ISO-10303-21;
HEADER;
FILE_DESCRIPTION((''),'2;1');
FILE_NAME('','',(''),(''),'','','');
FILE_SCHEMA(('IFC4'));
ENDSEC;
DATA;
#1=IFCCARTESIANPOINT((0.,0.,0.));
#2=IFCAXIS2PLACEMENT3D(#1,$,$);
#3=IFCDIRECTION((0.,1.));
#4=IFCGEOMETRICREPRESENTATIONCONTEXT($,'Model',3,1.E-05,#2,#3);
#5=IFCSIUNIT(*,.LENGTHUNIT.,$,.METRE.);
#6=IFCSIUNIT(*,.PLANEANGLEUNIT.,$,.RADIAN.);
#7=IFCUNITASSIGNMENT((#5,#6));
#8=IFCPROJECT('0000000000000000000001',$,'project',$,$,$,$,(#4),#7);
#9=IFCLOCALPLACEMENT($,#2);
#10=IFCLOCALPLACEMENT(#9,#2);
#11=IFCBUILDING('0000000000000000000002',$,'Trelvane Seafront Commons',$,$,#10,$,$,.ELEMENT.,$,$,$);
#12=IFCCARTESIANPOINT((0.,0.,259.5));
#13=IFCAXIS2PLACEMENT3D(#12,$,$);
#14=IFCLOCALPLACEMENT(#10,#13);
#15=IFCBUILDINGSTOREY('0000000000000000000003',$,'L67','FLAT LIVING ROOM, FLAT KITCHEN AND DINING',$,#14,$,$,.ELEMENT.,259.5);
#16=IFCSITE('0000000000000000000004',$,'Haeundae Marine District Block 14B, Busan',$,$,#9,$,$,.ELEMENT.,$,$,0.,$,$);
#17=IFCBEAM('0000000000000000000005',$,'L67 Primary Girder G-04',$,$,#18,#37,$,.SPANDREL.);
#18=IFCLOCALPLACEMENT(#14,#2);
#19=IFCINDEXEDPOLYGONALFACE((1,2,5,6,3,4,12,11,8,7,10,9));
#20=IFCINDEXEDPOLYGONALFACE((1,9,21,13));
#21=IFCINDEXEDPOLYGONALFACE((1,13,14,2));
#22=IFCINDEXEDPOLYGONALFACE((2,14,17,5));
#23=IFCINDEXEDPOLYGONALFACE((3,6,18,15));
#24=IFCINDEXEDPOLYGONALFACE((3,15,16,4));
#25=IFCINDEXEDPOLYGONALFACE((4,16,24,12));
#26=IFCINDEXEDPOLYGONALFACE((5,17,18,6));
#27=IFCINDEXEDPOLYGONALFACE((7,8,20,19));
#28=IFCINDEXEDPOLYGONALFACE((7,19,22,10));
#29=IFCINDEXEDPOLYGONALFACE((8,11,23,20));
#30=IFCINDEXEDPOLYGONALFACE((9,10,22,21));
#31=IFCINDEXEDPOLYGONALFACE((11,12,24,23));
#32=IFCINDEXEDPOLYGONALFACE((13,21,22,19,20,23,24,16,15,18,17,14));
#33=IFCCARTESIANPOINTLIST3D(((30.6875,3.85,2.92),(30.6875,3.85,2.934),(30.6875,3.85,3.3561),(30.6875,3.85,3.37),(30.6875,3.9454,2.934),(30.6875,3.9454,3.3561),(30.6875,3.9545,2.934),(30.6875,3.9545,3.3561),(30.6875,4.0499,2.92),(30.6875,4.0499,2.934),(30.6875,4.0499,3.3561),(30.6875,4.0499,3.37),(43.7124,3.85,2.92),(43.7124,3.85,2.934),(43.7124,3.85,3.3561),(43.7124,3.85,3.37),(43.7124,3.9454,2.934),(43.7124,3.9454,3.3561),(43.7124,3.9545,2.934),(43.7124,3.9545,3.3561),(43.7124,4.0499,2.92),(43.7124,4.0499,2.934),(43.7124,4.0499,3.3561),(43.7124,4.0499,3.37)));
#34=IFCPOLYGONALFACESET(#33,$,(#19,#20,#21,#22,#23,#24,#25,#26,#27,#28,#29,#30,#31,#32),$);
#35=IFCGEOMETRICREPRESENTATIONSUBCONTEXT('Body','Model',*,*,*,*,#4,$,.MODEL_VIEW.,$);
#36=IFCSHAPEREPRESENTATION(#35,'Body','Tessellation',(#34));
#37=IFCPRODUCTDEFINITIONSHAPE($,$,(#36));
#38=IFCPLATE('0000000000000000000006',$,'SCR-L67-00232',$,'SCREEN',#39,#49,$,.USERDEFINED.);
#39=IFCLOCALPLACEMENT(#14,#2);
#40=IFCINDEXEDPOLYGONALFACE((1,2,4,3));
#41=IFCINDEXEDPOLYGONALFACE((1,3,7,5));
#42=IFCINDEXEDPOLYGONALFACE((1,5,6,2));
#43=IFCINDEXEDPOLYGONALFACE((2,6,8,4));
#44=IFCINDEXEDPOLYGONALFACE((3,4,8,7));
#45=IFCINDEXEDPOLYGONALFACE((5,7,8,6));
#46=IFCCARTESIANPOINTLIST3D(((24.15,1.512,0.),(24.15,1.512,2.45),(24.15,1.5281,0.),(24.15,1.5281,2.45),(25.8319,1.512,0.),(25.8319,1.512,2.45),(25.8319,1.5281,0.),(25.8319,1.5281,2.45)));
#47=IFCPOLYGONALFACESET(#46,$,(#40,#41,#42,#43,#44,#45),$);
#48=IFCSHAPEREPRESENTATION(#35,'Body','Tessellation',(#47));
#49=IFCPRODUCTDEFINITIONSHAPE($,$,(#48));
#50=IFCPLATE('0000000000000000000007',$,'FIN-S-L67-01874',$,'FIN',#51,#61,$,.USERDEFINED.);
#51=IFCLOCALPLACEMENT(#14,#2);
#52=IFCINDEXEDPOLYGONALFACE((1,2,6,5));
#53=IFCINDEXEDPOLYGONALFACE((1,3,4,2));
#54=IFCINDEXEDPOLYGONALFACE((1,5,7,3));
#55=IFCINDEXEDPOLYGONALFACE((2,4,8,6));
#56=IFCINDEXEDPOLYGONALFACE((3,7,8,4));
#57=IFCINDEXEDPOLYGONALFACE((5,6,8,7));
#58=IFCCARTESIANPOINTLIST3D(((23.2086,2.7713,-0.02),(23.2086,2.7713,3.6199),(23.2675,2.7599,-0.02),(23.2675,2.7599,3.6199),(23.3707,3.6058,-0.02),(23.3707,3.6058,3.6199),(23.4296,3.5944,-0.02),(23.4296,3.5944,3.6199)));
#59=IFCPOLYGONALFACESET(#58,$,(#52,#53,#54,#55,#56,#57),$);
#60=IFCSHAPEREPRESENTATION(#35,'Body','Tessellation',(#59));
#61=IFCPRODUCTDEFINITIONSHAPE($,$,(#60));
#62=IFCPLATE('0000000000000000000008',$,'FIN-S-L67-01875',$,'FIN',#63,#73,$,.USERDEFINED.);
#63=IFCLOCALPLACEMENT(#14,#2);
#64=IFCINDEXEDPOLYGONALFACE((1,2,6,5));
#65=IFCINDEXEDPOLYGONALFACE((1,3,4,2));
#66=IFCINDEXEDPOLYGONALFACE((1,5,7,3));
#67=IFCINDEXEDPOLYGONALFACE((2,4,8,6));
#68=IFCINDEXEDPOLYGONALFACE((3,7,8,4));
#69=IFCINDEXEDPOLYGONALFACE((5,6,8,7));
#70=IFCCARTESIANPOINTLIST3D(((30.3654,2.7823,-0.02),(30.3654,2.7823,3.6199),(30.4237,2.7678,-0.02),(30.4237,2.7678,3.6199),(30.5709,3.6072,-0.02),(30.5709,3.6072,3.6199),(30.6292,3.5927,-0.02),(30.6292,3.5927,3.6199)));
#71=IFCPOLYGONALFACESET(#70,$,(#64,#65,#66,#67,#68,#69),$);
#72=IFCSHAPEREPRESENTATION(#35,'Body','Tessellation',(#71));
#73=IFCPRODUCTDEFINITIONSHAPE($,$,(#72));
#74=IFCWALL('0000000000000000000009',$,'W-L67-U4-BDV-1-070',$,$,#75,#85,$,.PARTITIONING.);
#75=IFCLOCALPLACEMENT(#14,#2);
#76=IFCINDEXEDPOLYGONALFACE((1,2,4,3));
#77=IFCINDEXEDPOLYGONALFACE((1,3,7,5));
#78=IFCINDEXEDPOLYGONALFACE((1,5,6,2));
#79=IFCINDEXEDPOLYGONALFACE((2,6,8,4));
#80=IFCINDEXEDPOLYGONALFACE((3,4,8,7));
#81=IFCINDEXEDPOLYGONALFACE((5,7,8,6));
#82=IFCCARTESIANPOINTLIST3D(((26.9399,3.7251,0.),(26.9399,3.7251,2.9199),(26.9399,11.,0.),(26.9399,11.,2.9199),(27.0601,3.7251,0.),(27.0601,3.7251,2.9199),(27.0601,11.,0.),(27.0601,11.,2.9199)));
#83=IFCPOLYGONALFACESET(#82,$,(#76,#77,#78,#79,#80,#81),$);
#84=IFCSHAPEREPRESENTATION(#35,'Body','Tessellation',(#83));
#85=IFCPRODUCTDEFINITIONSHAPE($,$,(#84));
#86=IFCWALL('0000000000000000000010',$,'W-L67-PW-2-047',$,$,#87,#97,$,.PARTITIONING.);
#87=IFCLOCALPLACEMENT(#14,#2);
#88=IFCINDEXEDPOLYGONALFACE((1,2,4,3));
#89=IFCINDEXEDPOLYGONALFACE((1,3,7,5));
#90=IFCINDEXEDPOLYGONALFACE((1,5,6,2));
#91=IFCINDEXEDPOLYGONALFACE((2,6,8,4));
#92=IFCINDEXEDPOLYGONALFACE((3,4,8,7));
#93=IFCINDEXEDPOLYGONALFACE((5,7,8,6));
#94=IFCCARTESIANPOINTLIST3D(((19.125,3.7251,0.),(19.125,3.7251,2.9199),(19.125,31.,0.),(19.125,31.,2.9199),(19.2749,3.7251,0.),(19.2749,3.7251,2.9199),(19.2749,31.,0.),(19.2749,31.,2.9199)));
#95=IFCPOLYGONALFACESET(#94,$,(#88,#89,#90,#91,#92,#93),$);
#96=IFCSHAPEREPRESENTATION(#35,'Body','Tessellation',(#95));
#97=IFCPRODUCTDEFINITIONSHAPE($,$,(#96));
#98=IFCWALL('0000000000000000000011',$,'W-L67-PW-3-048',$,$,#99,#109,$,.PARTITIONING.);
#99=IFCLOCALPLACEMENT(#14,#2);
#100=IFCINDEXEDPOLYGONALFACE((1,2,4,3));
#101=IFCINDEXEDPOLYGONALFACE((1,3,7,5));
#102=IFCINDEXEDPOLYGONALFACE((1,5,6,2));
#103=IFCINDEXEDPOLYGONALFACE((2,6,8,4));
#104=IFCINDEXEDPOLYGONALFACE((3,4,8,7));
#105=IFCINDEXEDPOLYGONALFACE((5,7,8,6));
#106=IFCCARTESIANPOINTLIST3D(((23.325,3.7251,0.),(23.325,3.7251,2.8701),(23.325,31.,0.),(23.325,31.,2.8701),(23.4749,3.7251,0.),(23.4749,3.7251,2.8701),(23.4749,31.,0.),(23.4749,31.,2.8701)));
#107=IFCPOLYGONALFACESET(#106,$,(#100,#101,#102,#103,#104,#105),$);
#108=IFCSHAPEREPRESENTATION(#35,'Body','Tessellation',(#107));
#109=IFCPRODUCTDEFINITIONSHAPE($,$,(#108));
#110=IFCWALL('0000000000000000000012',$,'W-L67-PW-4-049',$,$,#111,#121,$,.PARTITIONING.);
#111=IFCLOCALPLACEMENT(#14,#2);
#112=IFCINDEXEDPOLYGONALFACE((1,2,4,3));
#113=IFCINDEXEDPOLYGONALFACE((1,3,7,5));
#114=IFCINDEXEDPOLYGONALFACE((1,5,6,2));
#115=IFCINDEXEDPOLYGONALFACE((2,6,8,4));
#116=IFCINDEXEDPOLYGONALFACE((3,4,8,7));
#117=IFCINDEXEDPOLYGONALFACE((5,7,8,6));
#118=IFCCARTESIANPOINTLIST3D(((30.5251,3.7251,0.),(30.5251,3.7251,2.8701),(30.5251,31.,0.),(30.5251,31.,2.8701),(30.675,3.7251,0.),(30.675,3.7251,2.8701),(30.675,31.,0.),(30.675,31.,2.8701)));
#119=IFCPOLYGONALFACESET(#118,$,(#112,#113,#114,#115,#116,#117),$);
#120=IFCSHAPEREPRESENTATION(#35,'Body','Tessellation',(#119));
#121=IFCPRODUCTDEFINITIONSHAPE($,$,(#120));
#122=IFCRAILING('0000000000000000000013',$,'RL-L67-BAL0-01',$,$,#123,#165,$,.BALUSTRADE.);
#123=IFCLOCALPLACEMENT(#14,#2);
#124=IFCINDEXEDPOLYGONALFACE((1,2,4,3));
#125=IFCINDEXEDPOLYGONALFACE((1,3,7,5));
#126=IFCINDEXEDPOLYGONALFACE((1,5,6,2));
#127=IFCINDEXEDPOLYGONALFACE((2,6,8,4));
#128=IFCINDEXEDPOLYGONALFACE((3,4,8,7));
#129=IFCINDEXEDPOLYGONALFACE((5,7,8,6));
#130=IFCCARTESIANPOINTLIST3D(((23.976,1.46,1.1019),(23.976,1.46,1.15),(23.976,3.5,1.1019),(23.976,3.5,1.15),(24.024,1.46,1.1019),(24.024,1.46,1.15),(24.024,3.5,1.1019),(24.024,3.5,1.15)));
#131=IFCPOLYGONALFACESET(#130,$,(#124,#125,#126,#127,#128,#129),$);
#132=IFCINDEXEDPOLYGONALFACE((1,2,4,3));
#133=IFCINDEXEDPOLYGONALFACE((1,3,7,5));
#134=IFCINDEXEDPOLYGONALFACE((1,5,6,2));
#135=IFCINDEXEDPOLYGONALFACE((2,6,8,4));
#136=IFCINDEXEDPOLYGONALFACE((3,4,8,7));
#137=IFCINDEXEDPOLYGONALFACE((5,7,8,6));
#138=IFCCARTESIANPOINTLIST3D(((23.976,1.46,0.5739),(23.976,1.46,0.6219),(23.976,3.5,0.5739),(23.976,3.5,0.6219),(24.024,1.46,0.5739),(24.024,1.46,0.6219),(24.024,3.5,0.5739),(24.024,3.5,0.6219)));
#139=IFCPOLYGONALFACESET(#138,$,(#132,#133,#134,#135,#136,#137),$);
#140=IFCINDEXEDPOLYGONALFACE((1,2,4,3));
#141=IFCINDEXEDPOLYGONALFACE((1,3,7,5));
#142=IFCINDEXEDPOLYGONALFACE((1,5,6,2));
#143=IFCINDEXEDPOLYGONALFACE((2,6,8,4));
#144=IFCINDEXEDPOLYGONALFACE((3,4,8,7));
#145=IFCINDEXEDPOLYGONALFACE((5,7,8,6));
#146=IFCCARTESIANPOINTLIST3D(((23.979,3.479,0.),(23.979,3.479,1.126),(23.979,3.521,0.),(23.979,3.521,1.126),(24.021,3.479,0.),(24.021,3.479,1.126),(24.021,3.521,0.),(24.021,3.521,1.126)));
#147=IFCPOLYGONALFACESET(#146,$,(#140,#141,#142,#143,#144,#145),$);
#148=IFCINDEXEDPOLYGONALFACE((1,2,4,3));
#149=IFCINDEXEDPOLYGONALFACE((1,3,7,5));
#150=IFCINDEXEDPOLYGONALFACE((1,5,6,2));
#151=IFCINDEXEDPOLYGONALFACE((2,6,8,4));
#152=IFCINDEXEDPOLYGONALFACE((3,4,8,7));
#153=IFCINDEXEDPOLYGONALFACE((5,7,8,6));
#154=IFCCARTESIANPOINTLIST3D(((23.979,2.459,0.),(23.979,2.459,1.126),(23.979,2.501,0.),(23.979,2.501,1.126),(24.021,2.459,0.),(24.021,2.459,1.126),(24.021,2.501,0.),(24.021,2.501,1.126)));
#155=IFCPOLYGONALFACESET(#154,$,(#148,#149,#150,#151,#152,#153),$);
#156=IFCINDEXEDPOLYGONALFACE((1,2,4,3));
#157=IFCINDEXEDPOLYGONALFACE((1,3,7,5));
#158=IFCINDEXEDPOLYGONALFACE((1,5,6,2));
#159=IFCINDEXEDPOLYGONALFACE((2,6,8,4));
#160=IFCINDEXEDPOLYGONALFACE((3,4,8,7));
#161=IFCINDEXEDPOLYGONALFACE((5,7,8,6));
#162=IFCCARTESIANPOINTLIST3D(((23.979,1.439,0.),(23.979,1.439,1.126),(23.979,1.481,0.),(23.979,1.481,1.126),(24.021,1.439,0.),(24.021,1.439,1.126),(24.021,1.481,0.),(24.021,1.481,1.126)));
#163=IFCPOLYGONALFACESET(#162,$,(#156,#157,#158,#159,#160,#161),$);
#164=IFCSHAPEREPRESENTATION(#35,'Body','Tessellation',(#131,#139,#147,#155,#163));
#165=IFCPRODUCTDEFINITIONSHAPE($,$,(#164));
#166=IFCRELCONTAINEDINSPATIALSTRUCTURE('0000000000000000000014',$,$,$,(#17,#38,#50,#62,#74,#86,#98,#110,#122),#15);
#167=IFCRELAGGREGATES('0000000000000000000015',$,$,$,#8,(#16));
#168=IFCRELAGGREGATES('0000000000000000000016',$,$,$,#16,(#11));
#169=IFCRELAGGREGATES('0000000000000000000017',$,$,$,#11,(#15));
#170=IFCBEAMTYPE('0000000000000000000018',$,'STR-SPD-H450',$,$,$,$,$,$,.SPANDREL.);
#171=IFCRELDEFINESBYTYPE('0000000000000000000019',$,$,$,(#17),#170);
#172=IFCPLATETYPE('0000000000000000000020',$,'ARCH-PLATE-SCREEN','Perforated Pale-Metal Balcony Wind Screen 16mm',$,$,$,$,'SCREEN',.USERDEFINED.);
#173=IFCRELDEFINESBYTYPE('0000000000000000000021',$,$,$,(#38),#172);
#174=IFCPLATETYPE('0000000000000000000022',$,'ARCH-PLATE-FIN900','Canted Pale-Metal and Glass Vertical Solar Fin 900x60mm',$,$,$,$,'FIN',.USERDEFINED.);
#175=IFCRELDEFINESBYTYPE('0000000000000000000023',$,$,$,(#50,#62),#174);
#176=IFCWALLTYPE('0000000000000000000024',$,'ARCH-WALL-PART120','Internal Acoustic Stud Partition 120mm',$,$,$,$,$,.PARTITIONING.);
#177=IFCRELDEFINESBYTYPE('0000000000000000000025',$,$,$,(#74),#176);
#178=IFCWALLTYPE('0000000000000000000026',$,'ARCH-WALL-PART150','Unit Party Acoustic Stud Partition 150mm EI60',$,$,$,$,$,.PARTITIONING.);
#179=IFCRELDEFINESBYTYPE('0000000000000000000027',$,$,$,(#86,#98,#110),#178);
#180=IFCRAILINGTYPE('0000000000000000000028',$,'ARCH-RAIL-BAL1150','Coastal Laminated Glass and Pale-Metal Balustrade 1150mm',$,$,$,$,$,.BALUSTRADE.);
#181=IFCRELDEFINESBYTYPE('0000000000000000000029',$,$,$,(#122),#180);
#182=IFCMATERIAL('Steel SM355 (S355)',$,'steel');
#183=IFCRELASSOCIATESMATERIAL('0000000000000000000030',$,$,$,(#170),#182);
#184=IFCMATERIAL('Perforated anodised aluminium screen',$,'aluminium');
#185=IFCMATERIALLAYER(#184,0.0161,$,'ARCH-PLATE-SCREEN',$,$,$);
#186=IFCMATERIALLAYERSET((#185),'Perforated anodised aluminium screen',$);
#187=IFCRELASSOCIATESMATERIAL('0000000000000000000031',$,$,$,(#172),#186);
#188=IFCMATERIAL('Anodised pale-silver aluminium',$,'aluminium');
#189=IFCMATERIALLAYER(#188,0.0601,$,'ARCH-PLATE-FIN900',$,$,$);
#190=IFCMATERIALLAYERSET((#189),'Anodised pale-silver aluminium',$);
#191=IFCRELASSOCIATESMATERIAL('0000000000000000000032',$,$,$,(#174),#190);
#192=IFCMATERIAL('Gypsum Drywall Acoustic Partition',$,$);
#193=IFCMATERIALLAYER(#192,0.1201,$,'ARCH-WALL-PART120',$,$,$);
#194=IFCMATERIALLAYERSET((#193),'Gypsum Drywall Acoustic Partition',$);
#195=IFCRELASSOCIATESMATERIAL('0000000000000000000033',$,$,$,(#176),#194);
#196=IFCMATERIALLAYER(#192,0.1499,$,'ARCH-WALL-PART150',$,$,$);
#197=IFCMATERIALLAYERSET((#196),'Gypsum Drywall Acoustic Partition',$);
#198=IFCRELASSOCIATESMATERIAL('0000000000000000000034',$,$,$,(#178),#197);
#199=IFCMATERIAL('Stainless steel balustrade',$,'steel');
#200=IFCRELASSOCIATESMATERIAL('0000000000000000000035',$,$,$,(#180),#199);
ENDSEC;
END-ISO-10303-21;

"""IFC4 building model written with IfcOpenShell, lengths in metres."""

from ifc_helpers import new_model, si_unit, direction, frame, frame_2d, origin, origin_2d, place, context, subcontext, project, spatial, rectangle, i_section, extrude, source, transform, mapped, material, layer, layer_set, material_profile, profile_set, type_object, element, save


model = new_model("IFC4")

# Units and contexts
model_context = context("Model", 3, precision=1e-05, world=origin(), true_north=direction((0.0, 1.0)))
body_context = subcontext(model_context, "Body", "Model", "MODEL_VIEW")
ifc_project = project(units=[si_unit("LENGTHUNIT", "METRE"), si_unit("PLANEANGLEUNIT", "RADIAN")], contexts=[model_context])

# Site, building, storey
site_placement = place(None, origin())
site = spatial("IfcSite", under=ifc_project, at=site_placement, Name="Haeundae Marine District Block 14B, Busan", CompositionType="ELEMENT", RefElevation=0.0)
building_placement = place(site_placement, origin())
building = spatial("IfcBuilding", under=site, at=building_placement, Name="Trelvane Seafront Commons", CompositionType="ELEMENT")
storey_placement = place(building_placement, frame((0.0, 0.0, 259.5)))
storey = spatial("IfcBuildingStorey", under=building, at=storey_placement, Name="L67", Description="FLAT LIVING ROOM, FLAT KITCHEN AND DINING", CompositionType="ELEMENT", Elevation=259.5)

# Shared definitions
ifc_material_1 = material(Name="Steel SM355 (S355)", Category="steel")

# Beam
ifc_material_profile_1 = material_profile(ifc_material_1, i_section(OverallWidth=0.2, OverallDepth=0.45, WebThickness=0.009, FlangeThickness=0.0139, at=origin_2d()), Name="H-450x200x9x14")
ifc_profile_set_1 = profile_set([ifc_material_profile_1], Name="Steel SM355 (S355)")
beam_type_1 = type_object("IfcBeamType", Name="STR-SPD-H450", PredefinedType="SPANDREL", material=ifc_profile_set_1)
shared_shape_1 = source(origin(), body_context, "Body", "SweptSolid", [
    extrude(i_section(OverallWidth=0.2, OverallDepth=0.45, WebThickness=0.009, FlangeThickness=0.0139, at=origin_2d()), origin(), (0.0, 0.0, 1.0), 13.0249),
])
beam_1_placement = place(storey_placement, frame((30.6875, 3.95, 3.145), z_axis=(1.0, 0.0, 0.0), x_axis=(0.0, 1.0, 0.0)))
element("IfcBeam", 1, at=beam_1_placement, inside=storey, type_object=beam_type_1, Name="L67 Primary Girder G-04", PredefinedType="SPANDREL", context=body_context, shape_type="MappedRepresentation", body=[
    mapped(shared_shape_1, transform((0.0, 0.0, 0.0), x_axis=(1.0, 0.0, 0.0), y_axis=(0.0, 1.0, 0.0), z_axis=(0.0, 0.0, 1.0), scale=1.0)),
])

# Plates
ifc_material_2 = material(Name="Perforated anodised aluminium screen", Category="aluminium")
ifc_layer_1 = layer(ifc_material_2, 0.0161, Name="ARCH-PLATE-SCREEN")
ifc_layer_set_1 = layer_set([ifc_layer_1], Name="Perforated anodised aluminium screen")
plate_type_1 = type_object("IfcPlateType", Name="ARCH-PLATE-SCREEN", Description="Perforated Pale-Metal Balcony Wind Screen 16mm", ElementType="SCREEN", PredefinedType="USERDEFINED", material=ifc_layer_set_1)
shared_shape_2 = source(origin(), body_context, "Body", "SweptSolid", [
    extrude(rectangle(XDim=1.6819, YDim=0.0161, at=origin_2d()), origin(), (0.0, 0.0, 1.0), 2.45),
])
plate_placement = place(storey_placement, frame((24.991, 1.52, 0.0), z_axis=(0.0, 0.0, 1.0), x_axis=(1.0, 0.0, 0.0)))
element("IfcPlate", 2, at=plate_placement, inside=storey, type_object=plate_type_1, Name="SCR-L67-00232", ObjectType="SCREEN", PredefinedType="USERDEFINED", context=body_context, shape_type="MappedRepresentation", body=[
    mapped(shared_shape_2, transform((0.0, 0.0, 0.0), x_axis=(1.0, 0.0, 0.0), y_axis=(0.0, 1.0, 0.0), z_axis=(0.0, 0.0, 1.0), scale=1.0)),
])
ifc_material_3 = material(Name="Anodised pale-silver aluminium", Category="aluminium")
ifc_layer_2 = layer(ifc_material_3, 0.0601, Name="ARCH-PLATE-FIN900")
ifc_layer_set_2 = layer_set([ifc_layer_2], Name="Anodised pale-silver aluminium")
plate_type_2 = type_object("IfcPlateType", Name="ARCH-PLATE-FIN900", Description="Canted Pale-Metal and Glass Vertical Solar Fin 900x60mm", ElementType="FIN", PredefinedType="USERDEFINED", material=ifc_layer_set_2)
shared_shape_3 = source(origin(), body_context, "Body", "SweptSolid", [
    extrude(rectangle(XDim=0.8501, YDim=0.0601, at=origin_2d()), origin(), (0.0, 0.0, 1.0), 3.6399),
])
for number, where, z_axis, x_axis, name in (
    (3, (23.3191, 3.1829, -0.02), (0.0, 0.0, 1.0), (-0.190706, -0.981647, 0.0), "FIN-S-L67-01874"),
    (4, (30.4973, 3.1875, -0.02), (0.0, 0.0, 1.0), (-0.241761, -0.970336, 0.0), "FIN-S-L67-01875"),
):
    element("IfcPlate", number, at=place(storey_placement, frame(where, z_axis=z_axis, x_axis=x_axis)), inside=storey, type_object=plate_type_2, Name=name, ObjectType="FIN", PredefinedType="USERDEFINED", context=body_context, shape_type="MappedRepresentation", body=[
        mapped(shared_shape_3, transform((0.0, 0.0, 0.0), x_axis=(1.0, 0.0, 0.0), y_axis=(0.0, 1.0, 0.0), z_axis=(0.0, 0.0, 1.0), scale=1.0)),
    ])

# Shared definitions
ifc_material_4 = material(Name="Gypsum Drywall Acoustic Partition")
ifc_layer_3 = layer(ifc_material_4, 0.1201, Name="ARCH-WALL-PART120")
ifc_layer_set_3 = layer_set([ifc_layer_3], Name="Gypsum Drywall Acoustic Partition")
wall_type_1 = type_object("IfcWallType", Name="ARCH-WALL-PART120", Description="Internal Acoustic Stud Partition 120mm", PredefinedType="PARTITIONING", material=ifc_layer_set_3)

# Walls
wall_1_placement = place(storey_placement, frame((27.0, 3.7251, 0.0), z_axis=(0.0, 0.0, 1.0), x_axis=(0.0, 1.0, 0.0)))
element("IfcWall", 5, at=wall_1_placement, inside=storey, type_object=wall_type_1, Name="W-L67-U4-BDV-1-070", PredefinedType="PARTITIONING", context=body_context, shape_type="SweptSolid", body=[
    extrude(rectangle(XDim=7.2749, YDim=0.1201, at=frame_2d((3.6375, 0.0))), origin(), (0.0, 0.0, 1.0), 2.9199),
])
ifc_layer_4 = layer(ifc_material_4, 0.1499, Name="ARCH-WALL-PART150")
ifc_layer_set_4 = layer_set([ifc_layer_4], Name="Gypsum Drywall Acoustic Partition")
wall_type_2 = type_object("IfcWallType", Name="ARCH-WALL-PART150", Description="Unit Party Acoustic Stud Partition 150mm EI60", PredefinedType="PARTITIONING", material=ifc_layer_set_4)
wall_2_placement = place(storey_placement, frame((19.2, 3.7251, 0.0), z_axis=(0.0, 0.0, 1.0), x_axis=(0.0, 1.0, 0.0)))
element("IfcWall", 6, at=wall_2_placement, inside=storey, type_object=wall_type_2, Name="W-L67-PW-2-047", PredefinedType="PARTITIONING", context=body_context, shape_type="SweptSolid", body=[
    extrude(rectangle(XDim=27.2749, YDim=0.1499, at=frame_2d((13.6375, 0.0))), origin(), (0.0, 0.0, 1.0), 2.9199),
])
for number, where, z_axis, x_axis, name in (
    (7, (23.3999, 3.7251, 0.0), (0.0, 0.0, 1.0), (0.0, 1.0, 0.0), "W-L67-PW-3-048"),
    (8, (30.6001, 3.7251, 0.0), (0.0, 0.0, 1.0), (0.0, 1.0, 0.0), "W-L67-PW-4-049"),
):
    element("IfcWall", number, at=place(storey_placement, frame(where, z_axis=z_axis, x_axis=x_axis)), inside=storey, type_object=wall_type_2, Name=name, PredefinedType="PARTITIONING", context=body_context, shape_type="SweptSolid", body=[
        extrude(rectangle(XDim=27.2749, YDim=0.1499, at=frame_2d((13.6375, 0.0))), origin(), (0.0, 0.0, 1.0), 2.8701),
    ])

# Railing
ifc_material_5 = material(Name="Stainless steel balustrade", Category="steel")
railing_type = type_object("IfcRailingType", Name="ARCH-RAIL-BAL1150", Description="Coastal Laminated Glass and Pale-Metal Balustrade 1150mm", PredefinedType="BALUSTRADE", material=ifc_material_5)
railing_1_placement = place(storey_placement, frame((24.0, 3.5, 0.0)))
element("IfcRailing", 9, at=railing_1_placement, inside=storey, type_object=railing_type, Name="RL-L67-BAL0-01", PredefinedType="BALUSTRADE", context=body_context, shape_type="SweptSolid", body=[
    extrude(rectangle(XDim=0.0481, YDim=0.0481, at=origin_2d()), frame((0.0, 0.0, 1.126), z_axis=(0.0, -1.0, 0.0), x_axis=(1.0, 0.0, 0.0)), (0.0, 0.0, 1.0), 2.04),
    extrude(rectangle(XDim=0.0481, YDim=0.0481, at=origin_2d()), frame((0.0, 0.0, 0.5979), z_axis=(0.0, -1.0, 0.0), x_axis=(1.0, 0.0, 0.0)), (0.0, 0.0, 1.0), 2.04),
    extrude(rectangle(XDim=0.042, YDim=0.042, at=origin_2d()), origin(), (0.0, 0.0, 1.0), 1.126),
    extrude(rectangle(XDim=0.042, YDim=0.042, at=origin_2d()), frame((0.0, -1.02, 0.0)), (0.0, 0.0, 1.0), 1.126),
    extrude(rectangle(XDim=0.042, YDim=0.042, at=origin_2d()), frame((0.0, -2.04, 0.0)), (0.0, 0.0, 1.0), 1.126),
])

save(model, "model.ifc")
